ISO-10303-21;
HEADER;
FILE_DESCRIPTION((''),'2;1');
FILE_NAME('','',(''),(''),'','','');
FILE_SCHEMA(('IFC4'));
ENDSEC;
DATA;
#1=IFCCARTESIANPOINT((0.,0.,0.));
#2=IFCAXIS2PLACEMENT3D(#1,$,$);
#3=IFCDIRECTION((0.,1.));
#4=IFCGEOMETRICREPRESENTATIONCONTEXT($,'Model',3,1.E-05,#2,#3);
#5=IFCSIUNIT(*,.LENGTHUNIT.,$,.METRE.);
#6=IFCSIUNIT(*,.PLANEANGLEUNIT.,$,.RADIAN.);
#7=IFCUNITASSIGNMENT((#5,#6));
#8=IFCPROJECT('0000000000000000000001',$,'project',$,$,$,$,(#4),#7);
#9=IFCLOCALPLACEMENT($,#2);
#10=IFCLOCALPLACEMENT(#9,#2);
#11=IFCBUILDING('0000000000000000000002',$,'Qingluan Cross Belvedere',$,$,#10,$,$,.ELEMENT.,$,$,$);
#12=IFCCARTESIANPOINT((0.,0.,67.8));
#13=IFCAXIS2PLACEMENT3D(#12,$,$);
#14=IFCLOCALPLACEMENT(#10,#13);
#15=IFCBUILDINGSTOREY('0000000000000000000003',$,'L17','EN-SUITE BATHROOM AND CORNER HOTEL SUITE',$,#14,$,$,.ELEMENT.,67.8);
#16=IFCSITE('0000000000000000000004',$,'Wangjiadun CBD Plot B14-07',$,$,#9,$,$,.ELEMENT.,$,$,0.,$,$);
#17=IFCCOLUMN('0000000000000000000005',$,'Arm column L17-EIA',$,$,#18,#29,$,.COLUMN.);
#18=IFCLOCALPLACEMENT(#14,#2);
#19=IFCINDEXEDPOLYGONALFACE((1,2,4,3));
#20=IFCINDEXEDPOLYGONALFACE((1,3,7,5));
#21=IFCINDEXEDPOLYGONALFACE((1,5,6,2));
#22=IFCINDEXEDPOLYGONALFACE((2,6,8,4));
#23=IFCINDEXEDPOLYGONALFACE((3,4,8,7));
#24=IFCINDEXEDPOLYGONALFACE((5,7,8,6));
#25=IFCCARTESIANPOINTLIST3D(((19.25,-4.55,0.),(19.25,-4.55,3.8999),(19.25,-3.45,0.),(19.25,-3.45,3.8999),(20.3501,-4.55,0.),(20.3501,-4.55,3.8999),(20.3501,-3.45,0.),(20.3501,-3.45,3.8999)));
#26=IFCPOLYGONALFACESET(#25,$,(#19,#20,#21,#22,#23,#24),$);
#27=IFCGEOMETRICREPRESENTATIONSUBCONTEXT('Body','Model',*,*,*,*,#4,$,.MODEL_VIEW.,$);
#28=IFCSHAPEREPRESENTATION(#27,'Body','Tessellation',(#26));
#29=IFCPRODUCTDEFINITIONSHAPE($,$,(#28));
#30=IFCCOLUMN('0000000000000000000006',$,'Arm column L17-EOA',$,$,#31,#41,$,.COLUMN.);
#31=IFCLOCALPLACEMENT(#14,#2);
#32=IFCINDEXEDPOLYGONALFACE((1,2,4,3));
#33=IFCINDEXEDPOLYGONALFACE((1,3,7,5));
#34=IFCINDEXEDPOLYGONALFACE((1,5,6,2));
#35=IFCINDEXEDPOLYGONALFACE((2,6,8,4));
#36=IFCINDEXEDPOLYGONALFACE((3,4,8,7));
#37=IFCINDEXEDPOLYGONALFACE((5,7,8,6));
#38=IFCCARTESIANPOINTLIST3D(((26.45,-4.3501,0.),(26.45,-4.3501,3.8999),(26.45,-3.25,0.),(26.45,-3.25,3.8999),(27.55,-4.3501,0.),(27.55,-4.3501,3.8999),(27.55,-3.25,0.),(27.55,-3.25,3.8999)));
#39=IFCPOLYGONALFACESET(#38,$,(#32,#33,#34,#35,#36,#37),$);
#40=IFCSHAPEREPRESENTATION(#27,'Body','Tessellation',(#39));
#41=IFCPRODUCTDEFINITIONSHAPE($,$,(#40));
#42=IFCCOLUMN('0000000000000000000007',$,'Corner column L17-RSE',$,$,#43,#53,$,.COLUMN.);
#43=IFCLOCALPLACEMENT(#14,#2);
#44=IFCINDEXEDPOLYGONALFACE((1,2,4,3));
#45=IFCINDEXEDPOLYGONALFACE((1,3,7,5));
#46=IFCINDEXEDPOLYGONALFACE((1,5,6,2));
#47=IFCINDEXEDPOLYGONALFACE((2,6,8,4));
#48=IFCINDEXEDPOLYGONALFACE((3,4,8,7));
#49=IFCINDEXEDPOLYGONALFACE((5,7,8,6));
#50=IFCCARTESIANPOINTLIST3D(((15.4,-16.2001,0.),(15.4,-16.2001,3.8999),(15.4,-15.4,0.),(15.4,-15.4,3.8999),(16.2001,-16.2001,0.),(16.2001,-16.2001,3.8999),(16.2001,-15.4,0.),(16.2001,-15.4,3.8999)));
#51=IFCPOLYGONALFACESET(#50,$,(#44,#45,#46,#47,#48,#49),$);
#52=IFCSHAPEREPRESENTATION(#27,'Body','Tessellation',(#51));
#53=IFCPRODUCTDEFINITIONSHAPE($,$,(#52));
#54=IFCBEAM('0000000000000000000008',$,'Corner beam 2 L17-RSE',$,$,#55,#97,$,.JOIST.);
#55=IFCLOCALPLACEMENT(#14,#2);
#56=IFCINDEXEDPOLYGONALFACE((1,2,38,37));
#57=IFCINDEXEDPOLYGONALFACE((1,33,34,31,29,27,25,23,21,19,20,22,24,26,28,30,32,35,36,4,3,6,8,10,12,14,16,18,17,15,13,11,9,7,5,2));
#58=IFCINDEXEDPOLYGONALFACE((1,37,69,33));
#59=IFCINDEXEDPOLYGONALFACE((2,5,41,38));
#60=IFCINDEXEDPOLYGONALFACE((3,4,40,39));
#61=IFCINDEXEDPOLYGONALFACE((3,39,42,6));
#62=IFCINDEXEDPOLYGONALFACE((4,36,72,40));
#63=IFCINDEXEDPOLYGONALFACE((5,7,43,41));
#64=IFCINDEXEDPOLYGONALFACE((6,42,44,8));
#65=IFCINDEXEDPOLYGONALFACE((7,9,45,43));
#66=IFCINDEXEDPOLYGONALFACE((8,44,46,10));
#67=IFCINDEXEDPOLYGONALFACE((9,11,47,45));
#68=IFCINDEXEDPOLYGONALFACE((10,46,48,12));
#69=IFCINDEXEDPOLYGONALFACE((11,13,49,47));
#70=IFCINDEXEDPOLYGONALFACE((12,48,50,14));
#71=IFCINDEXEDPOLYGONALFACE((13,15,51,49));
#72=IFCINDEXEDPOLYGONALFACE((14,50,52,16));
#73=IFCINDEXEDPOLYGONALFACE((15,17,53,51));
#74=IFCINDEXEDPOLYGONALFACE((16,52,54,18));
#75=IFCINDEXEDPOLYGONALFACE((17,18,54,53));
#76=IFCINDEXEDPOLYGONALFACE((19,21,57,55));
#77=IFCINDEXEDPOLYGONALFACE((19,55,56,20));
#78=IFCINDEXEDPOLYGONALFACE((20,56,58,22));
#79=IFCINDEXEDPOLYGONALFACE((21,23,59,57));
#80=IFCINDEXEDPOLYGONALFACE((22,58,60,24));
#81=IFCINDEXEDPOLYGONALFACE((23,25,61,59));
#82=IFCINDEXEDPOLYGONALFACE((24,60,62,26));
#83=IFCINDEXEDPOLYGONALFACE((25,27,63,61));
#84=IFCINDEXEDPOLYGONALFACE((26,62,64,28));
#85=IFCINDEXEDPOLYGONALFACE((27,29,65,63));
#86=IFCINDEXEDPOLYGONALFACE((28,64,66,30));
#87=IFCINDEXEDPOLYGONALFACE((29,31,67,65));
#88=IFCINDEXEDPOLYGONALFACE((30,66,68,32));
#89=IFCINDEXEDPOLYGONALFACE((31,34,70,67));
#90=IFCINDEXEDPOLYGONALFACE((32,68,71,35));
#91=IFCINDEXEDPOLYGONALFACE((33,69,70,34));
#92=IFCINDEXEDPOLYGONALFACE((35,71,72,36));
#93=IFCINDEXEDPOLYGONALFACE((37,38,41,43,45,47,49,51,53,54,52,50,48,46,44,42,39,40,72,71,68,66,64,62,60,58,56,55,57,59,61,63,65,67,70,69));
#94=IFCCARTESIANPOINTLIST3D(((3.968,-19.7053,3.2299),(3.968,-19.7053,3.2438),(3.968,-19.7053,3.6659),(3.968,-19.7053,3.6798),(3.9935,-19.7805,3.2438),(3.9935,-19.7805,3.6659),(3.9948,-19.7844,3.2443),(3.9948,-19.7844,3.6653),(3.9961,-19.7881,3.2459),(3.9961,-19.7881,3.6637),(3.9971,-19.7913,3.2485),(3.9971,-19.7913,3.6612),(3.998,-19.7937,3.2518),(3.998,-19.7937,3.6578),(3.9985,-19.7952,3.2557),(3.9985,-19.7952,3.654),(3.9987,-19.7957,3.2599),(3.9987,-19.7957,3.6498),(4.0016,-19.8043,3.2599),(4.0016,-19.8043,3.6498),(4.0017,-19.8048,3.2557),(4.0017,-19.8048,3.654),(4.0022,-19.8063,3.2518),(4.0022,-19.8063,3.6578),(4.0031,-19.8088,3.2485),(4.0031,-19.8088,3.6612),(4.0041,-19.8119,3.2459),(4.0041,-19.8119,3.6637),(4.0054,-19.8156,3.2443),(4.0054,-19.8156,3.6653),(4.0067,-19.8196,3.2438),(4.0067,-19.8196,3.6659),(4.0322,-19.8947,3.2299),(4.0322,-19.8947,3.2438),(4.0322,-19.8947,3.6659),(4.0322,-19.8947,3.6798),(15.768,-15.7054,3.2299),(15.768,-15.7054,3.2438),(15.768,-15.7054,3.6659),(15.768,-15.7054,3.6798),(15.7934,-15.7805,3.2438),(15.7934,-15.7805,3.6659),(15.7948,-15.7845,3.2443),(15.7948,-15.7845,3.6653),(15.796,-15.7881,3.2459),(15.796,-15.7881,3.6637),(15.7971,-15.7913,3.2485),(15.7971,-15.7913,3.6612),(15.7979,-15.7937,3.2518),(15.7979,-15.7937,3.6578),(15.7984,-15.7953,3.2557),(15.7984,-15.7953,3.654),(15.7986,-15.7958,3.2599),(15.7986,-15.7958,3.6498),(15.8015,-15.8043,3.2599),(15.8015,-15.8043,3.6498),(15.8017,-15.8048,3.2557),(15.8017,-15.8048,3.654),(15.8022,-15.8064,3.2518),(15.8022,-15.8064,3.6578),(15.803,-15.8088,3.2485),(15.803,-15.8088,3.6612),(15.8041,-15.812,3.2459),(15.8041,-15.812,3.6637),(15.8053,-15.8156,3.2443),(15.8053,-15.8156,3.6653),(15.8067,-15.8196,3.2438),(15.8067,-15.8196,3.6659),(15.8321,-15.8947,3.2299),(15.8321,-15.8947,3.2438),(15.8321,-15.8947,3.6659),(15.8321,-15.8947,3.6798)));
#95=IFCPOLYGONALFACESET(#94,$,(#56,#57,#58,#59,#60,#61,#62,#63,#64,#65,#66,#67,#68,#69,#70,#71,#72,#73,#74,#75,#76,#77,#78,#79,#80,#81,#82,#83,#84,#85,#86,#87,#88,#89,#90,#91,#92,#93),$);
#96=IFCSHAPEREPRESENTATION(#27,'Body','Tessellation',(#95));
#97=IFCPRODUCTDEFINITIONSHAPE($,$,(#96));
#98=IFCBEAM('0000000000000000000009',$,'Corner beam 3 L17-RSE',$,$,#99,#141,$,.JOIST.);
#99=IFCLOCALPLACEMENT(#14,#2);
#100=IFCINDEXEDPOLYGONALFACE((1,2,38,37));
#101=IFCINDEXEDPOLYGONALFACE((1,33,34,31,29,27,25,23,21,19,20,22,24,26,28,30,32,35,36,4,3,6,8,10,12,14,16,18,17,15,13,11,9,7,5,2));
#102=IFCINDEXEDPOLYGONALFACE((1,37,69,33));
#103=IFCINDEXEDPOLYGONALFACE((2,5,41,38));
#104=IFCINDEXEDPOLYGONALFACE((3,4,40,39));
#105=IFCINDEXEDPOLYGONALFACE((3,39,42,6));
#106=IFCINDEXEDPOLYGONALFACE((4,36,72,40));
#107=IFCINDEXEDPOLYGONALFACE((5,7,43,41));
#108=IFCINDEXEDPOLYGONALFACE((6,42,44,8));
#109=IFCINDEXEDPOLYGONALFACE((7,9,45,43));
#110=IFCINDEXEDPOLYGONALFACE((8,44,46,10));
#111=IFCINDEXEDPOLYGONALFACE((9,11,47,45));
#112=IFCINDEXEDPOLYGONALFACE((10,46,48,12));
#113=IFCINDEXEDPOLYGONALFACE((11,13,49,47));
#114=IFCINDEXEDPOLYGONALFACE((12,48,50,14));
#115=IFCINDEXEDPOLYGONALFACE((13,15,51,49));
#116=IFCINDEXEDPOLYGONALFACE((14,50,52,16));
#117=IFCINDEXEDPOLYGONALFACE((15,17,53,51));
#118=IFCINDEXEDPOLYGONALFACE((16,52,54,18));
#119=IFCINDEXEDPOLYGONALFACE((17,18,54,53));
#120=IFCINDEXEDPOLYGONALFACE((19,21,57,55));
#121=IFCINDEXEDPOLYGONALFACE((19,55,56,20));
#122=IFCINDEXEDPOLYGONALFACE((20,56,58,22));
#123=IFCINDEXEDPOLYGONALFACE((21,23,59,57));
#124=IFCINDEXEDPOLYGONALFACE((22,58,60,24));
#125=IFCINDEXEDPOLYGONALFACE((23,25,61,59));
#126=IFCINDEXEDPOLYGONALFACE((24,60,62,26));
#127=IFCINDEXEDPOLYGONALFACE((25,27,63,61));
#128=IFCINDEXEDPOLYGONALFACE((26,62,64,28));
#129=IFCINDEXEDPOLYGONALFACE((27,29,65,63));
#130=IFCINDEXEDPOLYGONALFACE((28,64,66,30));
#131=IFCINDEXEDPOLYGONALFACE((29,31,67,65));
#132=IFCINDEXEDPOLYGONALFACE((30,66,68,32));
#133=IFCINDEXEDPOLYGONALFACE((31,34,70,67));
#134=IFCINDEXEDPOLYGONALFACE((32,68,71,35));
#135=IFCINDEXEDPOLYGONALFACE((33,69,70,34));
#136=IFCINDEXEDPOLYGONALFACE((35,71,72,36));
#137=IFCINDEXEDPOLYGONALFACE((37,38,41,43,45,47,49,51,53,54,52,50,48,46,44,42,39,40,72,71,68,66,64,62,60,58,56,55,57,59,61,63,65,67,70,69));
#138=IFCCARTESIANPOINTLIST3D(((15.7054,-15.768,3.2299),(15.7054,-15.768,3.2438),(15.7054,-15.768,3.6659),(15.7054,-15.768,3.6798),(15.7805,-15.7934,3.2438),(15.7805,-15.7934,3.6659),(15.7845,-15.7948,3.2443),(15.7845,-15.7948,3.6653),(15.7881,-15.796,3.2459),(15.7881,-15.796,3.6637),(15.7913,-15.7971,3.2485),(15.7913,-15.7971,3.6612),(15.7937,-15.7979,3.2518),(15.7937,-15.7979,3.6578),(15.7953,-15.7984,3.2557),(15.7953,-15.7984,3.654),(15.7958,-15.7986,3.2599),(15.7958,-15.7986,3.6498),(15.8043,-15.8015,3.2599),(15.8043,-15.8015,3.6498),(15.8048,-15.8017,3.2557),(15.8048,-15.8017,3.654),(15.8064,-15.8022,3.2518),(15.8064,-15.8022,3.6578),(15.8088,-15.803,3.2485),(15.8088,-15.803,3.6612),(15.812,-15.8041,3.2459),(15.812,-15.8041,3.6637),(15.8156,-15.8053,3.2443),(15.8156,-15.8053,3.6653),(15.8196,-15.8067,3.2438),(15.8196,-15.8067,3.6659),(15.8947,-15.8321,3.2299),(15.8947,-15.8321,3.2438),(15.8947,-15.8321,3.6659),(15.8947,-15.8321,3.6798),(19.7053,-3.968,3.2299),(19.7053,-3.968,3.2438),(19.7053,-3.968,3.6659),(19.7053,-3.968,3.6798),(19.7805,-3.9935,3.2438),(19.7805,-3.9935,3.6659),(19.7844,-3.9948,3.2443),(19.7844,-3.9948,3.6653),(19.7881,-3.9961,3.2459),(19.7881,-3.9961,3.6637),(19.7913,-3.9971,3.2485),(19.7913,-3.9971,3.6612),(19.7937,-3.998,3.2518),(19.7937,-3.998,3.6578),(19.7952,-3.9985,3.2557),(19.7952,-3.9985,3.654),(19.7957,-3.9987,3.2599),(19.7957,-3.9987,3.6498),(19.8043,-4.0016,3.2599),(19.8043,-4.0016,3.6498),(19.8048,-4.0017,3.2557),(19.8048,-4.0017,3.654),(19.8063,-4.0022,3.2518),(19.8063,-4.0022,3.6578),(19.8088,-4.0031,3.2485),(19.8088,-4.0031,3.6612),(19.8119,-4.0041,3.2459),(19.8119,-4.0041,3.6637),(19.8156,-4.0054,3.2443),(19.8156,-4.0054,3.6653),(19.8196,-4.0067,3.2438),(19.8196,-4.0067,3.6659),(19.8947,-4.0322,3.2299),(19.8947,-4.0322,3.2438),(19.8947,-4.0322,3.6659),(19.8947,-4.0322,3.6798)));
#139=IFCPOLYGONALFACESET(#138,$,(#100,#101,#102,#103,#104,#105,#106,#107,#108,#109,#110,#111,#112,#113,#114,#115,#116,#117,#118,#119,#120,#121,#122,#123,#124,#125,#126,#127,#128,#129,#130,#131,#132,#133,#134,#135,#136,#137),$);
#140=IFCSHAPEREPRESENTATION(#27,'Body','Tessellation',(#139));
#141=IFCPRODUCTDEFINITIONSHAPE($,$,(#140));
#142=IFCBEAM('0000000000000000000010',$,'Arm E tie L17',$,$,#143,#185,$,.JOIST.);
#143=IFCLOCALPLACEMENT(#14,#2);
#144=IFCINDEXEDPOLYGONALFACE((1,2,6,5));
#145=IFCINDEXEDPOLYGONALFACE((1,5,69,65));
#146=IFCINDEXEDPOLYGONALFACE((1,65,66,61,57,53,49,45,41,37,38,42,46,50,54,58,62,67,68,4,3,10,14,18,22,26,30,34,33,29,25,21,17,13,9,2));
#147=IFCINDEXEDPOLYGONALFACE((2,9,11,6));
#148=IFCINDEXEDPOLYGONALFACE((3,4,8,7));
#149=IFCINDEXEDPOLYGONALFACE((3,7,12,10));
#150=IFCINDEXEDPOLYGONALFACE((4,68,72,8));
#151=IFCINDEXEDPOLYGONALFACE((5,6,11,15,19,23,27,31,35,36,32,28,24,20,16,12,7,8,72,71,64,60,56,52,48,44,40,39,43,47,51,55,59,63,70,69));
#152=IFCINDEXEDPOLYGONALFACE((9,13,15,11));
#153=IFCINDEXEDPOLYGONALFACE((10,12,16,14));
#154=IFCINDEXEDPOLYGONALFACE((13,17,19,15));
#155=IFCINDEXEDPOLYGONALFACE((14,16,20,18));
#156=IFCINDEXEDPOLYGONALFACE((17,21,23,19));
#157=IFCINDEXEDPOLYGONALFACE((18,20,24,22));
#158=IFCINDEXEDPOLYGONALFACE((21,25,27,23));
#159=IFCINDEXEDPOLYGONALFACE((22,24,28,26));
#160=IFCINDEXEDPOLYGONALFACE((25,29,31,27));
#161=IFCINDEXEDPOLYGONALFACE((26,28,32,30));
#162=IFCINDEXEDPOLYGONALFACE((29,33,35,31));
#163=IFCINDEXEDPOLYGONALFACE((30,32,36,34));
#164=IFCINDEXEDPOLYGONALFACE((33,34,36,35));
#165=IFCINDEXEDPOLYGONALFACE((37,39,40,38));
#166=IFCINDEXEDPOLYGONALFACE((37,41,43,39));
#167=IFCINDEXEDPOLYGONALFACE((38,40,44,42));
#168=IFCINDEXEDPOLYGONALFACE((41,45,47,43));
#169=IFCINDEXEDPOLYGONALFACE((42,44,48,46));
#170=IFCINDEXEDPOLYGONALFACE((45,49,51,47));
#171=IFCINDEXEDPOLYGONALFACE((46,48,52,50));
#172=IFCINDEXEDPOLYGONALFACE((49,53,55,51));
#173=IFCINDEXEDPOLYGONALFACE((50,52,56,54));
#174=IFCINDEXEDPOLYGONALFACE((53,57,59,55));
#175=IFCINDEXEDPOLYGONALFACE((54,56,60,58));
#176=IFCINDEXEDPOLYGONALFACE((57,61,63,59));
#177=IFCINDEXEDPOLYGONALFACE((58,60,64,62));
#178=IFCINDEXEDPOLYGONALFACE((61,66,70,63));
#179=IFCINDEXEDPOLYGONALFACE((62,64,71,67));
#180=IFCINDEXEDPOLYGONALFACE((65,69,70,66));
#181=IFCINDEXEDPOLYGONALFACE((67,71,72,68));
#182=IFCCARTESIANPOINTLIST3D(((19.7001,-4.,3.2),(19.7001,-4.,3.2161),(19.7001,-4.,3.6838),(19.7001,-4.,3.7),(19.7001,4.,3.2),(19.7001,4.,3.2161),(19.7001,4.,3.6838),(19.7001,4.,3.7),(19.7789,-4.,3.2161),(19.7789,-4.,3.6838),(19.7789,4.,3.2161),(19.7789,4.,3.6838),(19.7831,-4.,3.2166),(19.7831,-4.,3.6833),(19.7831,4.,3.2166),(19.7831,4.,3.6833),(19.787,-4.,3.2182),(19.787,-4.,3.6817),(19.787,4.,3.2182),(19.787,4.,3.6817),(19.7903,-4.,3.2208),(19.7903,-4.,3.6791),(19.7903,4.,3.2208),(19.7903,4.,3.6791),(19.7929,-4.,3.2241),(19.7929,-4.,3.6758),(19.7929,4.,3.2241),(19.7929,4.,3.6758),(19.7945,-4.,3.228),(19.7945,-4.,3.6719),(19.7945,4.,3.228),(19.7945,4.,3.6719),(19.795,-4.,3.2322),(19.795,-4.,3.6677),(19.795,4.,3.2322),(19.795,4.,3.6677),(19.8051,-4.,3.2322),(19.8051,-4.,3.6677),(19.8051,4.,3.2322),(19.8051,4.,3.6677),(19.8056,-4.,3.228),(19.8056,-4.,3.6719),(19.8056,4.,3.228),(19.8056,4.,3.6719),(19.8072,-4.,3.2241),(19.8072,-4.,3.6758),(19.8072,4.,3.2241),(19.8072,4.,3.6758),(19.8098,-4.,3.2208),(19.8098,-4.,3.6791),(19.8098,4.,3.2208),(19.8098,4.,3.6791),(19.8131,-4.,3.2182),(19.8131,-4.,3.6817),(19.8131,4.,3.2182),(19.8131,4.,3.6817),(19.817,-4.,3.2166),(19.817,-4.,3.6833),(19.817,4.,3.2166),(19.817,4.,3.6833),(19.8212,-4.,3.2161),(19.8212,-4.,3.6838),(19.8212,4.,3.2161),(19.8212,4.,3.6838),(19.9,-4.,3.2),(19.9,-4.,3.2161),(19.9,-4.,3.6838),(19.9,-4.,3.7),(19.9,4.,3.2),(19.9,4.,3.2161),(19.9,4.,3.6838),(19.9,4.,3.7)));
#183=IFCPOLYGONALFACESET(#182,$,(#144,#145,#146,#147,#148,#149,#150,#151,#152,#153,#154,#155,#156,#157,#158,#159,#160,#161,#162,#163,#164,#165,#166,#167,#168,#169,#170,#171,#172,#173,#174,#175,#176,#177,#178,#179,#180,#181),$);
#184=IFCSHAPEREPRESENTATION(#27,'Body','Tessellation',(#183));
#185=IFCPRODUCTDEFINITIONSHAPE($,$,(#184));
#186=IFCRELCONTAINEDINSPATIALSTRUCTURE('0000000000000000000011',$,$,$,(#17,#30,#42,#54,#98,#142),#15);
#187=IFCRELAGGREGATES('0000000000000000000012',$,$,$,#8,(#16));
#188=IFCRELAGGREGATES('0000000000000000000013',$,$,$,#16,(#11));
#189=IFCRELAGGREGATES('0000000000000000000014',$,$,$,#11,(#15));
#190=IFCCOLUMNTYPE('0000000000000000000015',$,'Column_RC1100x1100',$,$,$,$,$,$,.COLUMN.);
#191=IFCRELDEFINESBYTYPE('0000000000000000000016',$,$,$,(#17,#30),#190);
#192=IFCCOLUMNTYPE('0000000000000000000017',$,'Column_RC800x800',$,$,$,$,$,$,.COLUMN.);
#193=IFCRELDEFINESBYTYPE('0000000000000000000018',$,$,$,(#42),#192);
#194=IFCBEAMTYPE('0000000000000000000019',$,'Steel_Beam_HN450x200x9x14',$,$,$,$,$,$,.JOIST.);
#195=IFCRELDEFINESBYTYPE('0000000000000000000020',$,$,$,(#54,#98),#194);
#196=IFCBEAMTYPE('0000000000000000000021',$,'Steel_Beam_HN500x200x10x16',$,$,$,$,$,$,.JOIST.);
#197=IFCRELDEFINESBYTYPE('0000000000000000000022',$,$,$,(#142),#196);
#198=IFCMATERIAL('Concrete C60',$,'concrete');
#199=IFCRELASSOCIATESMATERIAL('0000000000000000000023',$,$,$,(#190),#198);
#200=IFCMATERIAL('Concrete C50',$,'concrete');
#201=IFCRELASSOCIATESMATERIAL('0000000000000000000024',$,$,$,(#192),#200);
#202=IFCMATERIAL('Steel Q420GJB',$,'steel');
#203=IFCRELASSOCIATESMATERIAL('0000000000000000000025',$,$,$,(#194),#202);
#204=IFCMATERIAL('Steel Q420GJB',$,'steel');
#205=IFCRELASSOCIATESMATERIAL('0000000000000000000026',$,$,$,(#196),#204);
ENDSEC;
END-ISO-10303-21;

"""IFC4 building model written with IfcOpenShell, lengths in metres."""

from ifc_helpers import new_model, si_unit, direction, frame, origin, origin_2d, place, context, subcontext, project, spatial, rectangle, i_section, extrude, material, material_profile, profile_set, type_object, element, save


model = new_model("IFC4")

# Units and contexts
model_context = context("Model", 3, precision=1e-05, world=origin(), true_north=direction((0.0, 1.0)))
body_context = subcontext(model_context, "Body", "Model", "MODEL_VIEW")
ifc_project = project(units=[si_unit("LENGTHUNIT", "METRE"), si_unit("PLANEANGLEUNIT", "RADIAN")], contexts=[model_context])

# Site, building, storey
site_placement = place(None, origin())
site = spatial("IfcSite", under=ifc_project, at=site_placement, Name="Wangjiadun CBD Plot B14-07", CompositionType="ELEMENT", RefElevation=0.0)
building_placement = place(site_placement, origin())
building = spatial("IfcBuilding", under=site, at=building_placement, Name="Qingluan Cross Belvedere", CompositionType="ELEMENT")
storey_placement = place(building_placement, frame((0.0, 0.0, 67.8)))
storey = spatial("IfcBuildingStorey", under=building, at=storey_placement, Name="L17", Description="EN-SUITE BATHROOM AND CORNER HOTEL SUITE", CompositionType="ELEMENT", Elevation=67.8)

# Columns
ifc_material_1 = material(Name="Concrete C60", Category="concrete")
ifc_material_profile_1 = material_profile(ifc_material_1, rectangle(XDim=1.1001, YDim=1.1001, at=origin_2d()), Name="RC1100x1100")
ifc_profile_set_1 = profile_set([ifc_material_profile_1], Name="Concrete C60")
column_type_1 = type_object("IfcColumnType", Name="Column_RC1100x1100", PredefinedType="COLUMN", material=ifc_profile_set_1)
for number, where, z_axis, x_axis, name in (
    (1, (19.8, -4.0, 0.0), (0.0, 0.0, 1.0), (1.0, 0.0, 0.0), "Arm column L17-EIA"),
    (2, (27.0, -3.8, 0.0), (0.0, 0.0, 1.0), (1.0, 0.0, 0.0), "Arm column L17-EOA"),
):
    element("IfcColumn", number, at=place(storey_placement, frame(where, z_axis=z_axis, x_axis=x_axis)), inside=storey, type_object=column_type_1, Name=name, PredefinedType="COLUMN", context=body_context, shape_type="SweptSolid", body=[
        extrude(rectangle(XDim=1.1001, YDim=1.1001, at=origin_2d()), origin(), (0.0, 0.0, 1.0), 3.8999),
    ])
ifc_material_2 = material(Name="Concrete C50", Category="concrete")
ifc_material_profile_2 = material_profile(ifc_material_2, rectangle(XDim=0.8, YDim=0.8, at=origin_2d()), Name="RC800x800")
ifc_profile_set_2 = profile_set([ifc_material_profile_2], Name="Concrete C50")
column_type_2 = type_object("IfcColumnType", Name="Column_RC800x800", PredefinedType="COLUMN", material=ifc_profile_set_2)
column_placement = place(storey_placement, frame((15.8, -15.8, 0.0), z_axis=(0.0, 0.0, 1.0), x_axis=(1.0, 0.0, 0.0)))
element("IfcColumn", 3, at=column_placement, inside=storey, type_object=column_type_2, Name="Corner column L17-RSE", PredefinedType="COLUMN", context=body_context, shape_type="SweptSolid", body=[
    extrude(rectangle(XDim=0.8, YDim=0.8, at=origin_2d()), origin(), (0.0, 0.0, 1.0), 3.8999),
])

# Beams
ifc_material_3 = material(Name="Steel Q420GJB", Category="steel")
ifc_material_profile_3 = material_profile(ifc_material_3, i_section(OverallWidth=0.2, OverallDepth=0.45, WebThickness=0.009, FlangeThickness=0.0139, FilletRadius=0.0161, at=origin_2d()), Name="HN450x200x9x14")
ifc_profile_set_3 = profile_set([ifc_material_profile_3], Name="Steel Q420GJB")
beam_type_1 = type_object("IfcBeamType", Name="Steel_Beam_HN450x200x9x14", PredefinedType="JOIST", material=ifc_profile_set_3)
for number, where, z_axis, x_axis, name in (
    (4, (15.8, -15.8, 3.4548), (-0.947066, -0.321038, 0.0), (0.321038, -0.947066, 0.0), "Corner beam 2 L17-RSE"),
    (5, (15.8, -15.8, 3.4548), (0.321038, 0.947066, 0.0), (-0.947066, 0.321038, 0.0), "Corner beam 3 L17-RSE"),
):
    element("IfcBeam", number, at=place(storey_placement, frame(where, z_axis=z_axis, x_axis=x_axis)), inside=storey, type_object=beam_type_1, Name=name, PredefinedType="JOIST", context=body_context, shape_type="SweptSolid", body=[
        extrude(i_section(OverallWidth=0.2, OverallDepth=0.45, WebThickness=0.009, FlangeThickness=0.0139, FilletRadius=0.0161, at=origin_2d()), origin(), (0.0, 0.0, 1.0), 12.4595),
    ])
ifc_material_4 = material(Name="Steel Q420GJB", Category="steel")
ifc_material_profile_4 = material_profile(ifc_material_4, i_section(OverallWidth=0.2, OverallDepth=0.5, WebThickness=0.01, FlangeThickness=0.0161, FilletRadius=0.0161, at=origin_2d()), Name="HN500x200x10x16")
ifc_profile_set_4 = profile_set([ifc_material_profile_4], Name="Steel Q420GJB")
beam_type_2 = type_object("IfcBeamType", Name="Steel_Beam_HN500x200x10x16", PredefinedType="JOIST", material=ifc_profile_set_4)
beam_1_placement = place(storey_placement, frame((19.8, -4.0, 3.45), z_axis=(0.0, 1.0, 0.0), x_axis=(-1.0, 0.0, 0.0)))
element("IfcBeam", 6, at=beam_1_placement, inside=storey, type_object=beam_type_2, Name="Arm E tie L17", PredefinedType="JOIST", context=body_context, shape_type="SweptSolid", body=[
    extrude(i_section(OverallWidth=0.2, OverallDepth=0.5, WebThickness=0.01, FlangeThickness=0.0161, FilletRadius=0.0161, at=origin_2d()), origin(), (0.0, 0.0, 1.0), 8.0),
])

save(model, "model.ifc")
